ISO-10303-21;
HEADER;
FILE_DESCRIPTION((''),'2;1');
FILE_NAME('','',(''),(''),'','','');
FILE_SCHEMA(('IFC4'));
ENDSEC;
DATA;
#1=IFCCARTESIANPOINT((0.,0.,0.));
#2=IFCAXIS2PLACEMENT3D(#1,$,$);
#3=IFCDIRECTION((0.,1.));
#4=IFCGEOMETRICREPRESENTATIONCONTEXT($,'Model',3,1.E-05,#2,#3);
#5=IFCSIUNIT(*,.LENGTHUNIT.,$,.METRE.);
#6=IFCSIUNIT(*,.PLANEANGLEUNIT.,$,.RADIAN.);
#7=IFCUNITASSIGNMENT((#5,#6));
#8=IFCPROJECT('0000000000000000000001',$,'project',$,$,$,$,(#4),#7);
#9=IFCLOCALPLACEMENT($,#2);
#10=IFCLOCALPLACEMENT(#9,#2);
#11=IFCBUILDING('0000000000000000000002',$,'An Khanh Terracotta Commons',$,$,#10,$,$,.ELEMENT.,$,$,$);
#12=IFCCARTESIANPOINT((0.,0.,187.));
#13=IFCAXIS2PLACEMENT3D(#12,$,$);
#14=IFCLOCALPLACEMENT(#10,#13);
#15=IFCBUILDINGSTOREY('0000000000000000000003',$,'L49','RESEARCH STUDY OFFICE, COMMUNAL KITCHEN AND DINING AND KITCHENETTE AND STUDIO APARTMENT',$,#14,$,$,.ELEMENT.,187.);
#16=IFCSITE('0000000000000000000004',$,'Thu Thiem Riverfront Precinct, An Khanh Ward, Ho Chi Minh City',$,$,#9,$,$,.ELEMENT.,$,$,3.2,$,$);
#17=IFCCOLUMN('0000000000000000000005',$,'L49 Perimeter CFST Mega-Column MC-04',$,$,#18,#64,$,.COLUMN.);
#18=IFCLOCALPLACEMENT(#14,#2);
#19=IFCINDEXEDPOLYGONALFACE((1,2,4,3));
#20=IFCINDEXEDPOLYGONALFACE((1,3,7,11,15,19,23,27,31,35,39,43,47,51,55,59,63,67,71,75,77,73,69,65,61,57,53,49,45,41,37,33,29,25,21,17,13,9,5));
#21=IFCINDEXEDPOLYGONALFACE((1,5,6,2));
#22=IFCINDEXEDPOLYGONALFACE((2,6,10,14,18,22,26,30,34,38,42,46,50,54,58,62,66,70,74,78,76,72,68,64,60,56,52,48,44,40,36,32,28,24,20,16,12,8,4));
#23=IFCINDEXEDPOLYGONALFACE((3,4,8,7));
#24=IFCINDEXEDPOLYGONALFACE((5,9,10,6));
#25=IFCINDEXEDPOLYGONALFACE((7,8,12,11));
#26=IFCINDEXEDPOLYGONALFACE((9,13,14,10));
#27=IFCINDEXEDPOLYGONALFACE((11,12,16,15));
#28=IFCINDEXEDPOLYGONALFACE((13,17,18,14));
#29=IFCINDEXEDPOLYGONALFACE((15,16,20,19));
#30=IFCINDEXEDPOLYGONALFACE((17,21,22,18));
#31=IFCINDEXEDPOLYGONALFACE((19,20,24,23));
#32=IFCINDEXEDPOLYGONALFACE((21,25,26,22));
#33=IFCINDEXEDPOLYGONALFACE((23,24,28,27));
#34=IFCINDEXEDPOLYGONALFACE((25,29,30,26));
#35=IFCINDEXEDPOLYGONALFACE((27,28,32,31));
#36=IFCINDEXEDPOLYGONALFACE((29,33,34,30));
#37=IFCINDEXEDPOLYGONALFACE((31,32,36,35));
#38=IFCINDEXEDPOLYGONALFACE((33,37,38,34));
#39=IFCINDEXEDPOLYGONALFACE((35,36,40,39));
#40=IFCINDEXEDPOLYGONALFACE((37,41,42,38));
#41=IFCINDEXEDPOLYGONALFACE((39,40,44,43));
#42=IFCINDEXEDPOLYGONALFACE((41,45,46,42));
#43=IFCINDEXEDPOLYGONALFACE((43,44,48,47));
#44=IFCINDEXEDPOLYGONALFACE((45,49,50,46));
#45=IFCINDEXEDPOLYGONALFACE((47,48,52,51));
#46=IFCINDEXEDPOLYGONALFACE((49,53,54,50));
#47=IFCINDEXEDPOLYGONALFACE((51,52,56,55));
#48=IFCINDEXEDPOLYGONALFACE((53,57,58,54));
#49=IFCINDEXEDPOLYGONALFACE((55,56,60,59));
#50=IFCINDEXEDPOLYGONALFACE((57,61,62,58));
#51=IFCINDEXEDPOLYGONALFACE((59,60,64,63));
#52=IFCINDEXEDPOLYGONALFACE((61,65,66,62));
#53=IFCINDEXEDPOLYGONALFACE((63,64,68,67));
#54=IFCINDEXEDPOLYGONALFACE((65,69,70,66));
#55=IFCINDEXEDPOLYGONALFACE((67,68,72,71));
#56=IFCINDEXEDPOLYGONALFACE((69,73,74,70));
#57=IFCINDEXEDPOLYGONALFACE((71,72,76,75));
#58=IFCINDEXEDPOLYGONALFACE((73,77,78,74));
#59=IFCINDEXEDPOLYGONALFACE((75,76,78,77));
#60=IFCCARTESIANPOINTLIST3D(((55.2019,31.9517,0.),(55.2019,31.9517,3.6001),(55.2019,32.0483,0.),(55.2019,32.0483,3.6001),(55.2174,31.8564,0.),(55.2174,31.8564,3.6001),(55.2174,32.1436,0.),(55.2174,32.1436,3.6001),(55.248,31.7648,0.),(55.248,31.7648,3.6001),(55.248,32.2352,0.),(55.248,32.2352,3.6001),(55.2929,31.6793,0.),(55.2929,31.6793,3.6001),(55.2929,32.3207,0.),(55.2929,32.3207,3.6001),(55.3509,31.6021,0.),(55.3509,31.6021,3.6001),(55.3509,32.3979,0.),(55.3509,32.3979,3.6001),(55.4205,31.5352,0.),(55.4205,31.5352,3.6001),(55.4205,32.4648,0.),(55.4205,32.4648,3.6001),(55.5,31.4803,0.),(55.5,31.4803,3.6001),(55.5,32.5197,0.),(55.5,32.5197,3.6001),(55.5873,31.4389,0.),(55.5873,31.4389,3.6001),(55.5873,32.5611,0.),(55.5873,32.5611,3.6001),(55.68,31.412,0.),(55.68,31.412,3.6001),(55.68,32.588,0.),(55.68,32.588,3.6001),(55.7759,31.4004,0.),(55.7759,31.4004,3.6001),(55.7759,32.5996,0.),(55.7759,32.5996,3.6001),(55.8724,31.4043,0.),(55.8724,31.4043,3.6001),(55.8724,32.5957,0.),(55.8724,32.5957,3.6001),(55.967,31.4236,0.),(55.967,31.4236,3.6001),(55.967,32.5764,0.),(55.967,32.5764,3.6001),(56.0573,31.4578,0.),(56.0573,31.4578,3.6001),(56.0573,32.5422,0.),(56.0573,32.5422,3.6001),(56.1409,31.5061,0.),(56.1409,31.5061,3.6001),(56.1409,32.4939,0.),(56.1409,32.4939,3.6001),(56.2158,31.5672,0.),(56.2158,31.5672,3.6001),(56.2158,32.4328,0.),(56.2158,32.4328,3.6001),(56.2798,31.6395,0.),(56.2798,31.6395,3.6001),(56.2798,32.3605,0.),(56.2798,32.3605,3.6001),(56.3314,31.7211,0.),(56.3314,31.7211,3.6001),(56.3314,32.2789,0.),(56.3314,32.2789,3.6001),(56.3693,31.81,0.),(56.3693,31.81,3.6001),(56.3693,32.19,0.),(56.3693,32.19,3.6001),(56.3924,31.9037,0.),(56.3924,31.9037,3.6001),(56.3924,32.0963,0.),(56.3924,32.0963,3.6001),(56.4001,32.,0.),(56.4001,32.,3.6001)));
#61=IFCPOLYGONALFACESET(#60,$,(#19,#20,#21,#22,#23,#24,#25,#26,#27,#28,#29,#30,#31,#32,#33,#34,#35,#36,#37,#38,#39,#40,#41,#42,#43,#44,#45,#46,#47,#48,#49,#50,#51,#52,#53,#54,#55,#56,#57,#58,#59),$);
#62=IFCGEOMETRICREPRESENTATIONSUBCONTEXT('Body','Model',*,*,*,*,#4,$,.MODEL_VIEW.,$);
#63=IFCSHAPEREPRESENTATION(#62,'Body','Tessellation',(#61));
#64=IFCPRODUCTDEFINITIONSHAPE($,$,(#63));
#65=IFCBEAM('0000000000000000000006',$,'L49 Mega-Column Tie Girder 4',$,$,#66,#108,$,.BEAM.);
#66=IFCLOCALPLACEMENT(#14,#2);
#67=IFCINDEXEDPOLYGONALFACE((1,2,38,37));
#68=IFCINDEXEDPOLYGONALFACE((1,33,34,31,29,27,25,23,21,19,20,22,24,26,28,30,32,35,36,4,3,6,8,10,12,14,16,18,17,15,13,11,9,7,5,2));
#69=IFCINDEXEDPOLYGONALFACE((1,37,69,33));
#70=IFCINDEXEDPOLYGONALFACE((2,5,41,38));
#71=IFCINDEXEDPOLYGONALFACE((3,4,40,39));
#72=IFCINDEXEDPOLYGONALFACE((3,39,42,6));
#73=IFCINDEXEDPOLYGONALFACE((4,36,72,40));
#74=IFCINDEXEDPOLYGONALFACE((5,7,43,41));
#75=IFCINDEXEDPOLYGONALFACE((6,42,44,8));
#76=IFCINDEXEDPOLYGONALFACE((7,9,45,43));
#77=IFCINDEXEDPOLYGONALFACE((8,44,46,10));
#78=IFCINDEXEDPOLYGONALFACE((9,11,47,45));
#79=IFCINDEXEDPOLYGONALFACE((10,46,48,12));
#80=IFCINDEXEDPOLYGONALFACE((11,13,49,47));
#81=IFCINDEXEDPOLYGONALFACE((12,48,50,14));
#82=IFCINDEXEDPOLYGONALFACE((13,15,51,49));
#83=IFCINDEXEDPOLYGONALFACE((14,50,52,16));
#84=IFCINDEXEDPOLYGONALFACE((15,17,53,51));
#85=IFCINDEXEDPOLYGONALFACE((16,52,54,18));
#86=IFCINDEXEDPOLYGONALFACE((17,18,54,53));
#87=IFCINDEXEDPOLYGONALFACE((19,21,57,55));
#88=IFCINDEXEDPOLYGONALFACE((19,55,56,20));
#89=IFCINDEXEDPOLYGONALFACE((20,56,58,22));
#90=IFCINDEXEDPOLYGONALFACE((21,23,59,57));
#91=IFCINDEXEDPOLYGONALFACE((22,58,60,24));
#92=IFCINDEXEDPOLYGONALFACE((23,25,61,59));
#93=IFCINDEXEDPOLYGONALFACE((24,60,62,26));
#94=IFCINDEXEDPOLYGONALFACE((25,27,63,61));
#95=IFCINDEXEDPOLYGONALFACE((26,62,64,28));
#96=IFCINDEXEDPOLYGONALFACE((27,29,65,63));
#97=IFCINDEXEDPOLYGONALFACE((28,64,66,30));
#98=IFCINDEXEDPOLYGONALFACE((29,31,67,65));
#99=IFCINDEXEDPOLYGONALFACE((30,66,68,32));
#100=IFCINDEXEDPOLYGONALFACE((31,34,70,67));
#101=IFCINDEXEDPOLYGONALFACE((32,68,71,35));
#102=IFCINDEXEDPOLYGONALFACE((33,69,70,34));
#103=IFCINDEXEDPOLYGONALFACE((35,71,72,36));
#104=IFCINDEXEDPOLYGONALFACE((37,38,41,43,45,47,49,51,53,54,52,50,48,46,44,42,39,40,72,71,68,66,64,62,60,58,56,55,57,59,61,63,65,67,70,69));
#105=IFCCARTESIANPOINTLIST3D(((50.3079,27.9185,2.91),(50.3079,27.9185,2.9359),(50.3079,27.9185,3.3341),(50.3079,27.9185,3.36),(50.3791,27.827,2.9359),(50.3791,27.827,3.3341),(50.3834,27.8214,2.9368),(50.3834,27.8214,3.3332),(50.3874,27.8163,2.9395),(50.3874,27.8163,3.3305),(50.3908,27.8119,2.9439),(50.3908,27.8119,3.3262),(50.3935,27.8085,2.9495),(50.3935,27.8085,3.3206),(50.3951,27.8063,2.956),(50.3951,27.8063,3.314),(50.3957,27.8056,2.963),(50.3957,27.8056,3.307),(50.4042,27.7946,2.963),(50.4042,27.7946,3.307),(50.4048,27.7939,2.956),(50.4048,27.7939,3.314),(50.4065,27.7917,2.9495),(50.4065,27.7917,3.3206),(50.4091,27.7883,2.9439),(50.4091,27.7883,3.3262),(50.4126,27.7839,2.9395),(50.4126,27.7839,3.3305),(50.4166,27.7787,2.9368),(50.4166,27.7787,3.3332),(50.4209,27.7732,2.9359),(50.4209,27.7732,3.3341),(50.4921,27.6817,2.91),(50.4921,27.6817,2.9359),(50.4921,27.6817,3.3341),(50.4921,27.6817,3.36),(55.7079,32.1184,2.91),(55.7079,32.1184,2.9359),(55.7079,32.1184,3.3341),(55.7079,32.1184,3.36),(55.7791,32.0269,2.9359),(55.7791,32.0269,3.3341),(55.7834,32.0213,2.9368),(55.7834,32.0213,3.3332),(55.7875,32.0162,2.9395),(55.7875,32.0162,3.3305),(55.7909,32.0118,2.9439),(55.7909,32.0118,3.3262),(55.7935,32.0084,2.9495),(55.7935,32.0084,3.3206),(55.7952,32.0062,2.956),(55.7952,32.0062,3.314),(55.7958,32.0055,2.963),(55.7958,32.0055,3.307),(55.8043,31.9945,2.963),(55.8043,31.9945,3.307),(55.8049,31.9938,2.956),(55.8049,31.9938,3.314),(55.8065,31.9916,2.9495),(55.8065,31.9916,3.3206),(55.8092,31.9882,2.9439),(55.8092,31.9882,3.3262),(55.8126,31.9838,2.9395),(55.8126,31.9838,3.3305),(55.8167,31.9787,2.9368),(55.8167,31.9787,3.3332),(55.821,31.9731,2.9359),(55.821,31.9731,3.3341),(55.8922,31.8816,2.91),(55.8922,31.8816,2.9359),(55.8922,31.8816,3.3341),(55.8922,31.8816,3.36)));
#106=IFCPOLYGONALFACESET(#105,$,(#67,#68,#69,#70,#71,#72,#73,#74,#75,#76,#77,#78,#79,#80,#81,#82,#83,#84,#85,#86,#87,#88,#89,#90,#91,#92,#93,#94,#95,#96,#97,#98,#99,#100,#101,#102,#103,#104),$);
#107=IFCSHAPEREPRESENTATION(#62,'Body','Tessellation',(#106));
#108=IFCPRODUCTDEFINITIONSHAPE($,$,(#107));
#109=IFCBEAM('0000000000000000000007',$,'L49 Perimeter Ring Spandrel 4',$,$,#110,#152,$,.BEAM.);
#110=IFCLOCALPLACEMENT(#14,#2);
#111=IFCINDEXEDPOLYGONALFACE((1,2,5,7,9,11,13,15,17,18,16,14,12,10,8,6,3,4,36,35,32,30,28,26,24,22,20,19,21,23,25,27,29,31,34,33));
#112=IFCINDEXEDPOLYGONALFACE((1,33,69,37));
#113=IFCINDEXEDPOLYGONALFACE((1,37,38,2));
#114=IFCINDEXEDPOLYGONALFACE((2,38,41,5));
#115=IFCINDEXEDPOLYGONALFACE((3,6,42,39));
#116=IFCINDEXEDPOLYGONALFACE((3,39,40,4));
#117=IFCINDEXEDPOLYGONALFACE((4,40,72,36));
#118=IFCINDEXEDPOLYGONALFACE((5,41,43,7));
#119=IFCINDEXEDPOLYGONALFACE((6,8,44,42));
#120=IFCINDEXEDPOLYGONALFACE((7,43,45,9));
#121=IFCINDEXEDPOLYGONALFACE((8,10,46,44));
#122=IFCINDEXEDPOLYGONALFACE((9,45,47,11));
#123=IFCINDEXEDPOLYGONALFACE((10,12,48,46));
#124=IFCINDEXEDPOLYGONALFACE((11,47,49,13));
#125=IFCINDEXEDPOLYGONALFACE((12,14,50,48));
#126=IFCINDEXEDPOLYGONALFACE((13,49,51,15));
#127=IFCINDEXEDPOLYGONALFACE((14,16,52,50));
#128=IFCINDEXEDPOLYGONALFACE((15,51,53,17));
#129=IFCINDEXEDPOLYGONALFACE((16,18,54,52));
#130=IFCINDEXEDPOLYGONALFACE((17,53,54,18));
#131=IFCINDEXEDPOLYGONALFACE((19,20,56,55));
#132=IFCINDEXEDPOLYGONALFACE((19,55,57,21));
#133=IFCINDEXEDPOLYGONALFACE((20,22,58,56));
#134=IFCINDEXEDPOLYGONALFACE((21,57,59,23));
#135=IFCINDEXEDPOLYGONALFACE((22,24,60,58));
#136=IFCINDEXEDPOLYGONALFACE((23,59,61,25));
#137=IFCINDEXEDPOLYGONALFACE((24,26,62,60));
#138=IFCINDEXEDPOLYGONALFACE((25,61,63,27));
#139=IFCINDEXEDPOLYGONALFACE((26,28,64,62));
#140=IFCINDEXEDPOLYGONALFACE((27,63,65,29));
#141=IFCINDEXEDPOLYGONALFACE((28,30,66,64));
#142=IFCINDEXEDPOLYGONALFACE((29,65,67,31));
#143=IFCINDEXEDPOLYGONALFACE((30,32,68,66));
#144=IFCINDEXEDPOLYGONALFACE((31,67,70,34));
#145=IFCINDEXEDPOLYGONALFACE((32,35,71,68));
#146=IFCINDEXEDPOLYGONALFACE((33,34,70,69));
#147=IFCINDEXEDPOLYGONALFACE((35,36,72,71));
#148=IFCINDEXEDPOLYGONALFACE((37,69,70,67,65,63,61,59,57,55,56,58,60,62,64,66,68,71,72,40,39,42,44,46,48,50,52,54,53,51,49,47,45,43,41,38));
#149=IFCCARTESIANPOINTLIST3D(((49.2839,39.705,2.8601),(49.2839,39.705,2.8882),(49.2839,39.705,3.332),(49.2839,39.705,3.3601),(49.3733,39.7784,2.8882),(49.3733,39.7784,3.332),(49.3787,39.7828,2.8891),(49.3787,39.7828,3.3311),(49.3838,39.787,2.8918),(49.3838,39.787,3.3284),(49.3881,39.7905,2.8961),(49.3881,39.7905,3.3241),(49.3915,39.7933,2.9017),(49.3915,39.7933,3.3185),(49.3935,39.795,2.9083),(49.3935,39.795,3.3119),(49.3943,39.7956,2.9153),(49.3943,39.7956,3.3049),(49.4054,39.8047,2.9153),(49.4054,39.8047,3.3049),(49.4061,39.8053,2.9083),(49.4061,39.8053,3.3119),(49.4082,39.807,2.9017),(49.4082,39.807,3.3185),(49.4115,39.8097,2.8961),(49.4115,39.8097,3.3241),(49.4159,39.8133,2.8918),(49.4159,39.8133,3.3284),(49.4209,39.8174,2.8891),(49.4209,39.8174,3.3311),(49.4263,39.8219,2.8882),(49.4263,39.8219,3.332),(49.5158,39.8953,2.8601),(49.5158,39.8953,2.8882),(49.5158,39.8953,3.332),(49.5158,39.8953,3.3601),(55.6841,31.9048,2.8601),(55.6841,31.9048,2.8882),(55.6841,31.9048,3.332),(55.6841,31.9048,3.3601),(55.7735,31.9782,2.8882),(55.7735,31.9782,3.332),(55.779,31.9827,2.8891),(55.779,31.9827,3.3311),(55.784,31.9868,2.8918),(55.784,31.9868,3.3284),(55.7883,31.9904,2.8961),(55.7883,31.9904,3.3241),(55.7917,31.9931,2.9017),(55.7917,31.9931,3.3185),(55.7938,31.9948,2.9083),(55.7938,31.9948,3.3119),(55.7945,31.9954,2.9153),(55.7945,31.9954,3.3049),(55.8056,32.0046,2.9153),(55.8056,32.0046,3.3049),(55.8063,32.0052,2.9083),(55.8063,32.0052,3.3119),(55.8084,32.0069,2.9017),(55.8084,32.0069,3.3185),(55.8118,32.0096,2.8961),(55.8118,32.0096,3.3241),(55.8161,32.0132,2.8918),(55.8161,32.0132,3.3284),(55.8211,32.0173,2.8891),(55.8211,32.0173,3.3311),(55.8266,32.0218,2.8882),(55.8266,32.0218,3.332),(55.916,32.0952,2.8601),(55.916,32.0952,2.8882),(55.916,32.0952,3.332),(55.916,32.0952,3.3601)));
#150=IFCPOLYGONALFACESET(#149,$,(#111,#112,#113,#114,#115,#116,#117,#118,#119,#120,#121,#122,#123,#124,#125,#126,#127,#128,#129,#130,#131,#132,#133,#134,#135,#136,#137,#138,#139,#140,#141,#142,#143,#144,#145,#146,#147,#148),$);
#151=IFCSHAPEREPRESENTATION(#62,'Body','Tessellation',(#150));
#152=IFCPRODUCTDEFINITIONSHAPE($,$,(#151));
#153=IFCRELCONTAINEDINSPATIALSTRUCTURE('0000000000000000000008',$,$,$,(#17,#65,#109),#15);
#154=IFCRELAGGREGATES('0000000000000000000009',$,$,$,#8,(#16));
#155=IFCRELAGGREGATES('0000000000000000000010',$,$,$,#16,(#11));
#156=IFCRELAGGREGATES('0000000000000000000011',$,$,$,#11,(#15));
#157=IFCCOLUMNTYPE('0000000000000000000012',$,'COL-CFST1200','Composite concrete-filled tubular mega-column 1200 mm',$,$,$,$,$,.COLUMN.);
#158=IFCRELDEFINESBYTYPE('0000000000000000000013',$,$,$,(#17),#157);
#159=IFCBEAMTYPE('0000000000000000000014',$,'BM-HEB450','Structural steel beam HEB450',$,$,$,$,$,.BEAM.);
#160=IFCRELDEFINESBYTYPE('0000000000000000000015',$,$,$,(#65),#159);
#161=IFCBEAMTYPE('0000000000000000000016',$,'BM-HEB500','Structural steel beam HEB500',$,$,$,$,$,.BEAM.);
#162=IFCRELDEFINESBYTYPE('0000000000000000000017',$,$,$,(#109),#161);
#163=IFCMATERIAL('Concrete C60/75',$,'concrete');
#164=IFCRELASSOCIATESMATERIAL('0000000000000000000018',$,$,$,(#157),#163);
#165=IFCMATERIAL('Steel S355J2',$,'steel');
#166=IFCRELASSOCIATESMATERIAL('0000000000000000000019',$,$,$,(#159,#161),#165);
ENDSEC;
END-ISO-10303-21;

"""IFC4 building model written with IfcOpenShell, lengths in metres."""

from ifc_helpers import new_model, si_unit, direction, frame, origin, origin_2d, place, context, subcontext, project, spatial, circle, i_section, extrude, material, material_profile, profile_set, type_object, element, save


model = new_model("IFC4")

# Units and contexts
model_context = context("Model", 3, precision=1e-05, world=origin(), true_north=direction((0.0, 1.0)))
body_context = subcontext(model_context, "Body", "Model", "MODEL_VIEW")
ifc_project = project(units=[si_unit("LENGTHUNIT", "METRE"), si_unit("PLANEANGLEUNIT", "RADIAN")], contexts=[model_context])

# Site, building, storey
site_placement = place(None, origin())
site = spatial("IfcSite", under=ifc_project, at=site_placement, Name="Thu Thiem Riverfront Precinct, An Khanh Ward, Ho Chi Minh City", CompositionType="ELEMENT", RefElevation=3.2)
building_placement = place(site_placement, origin())
building = spatial("IfcBuilding", under=site, at=building_placement, Name="An Khanh Terracotta Commons", CompositionType="ELEMENT")
storey_placement = place(building_placement, frame((0.0, 0.0, 187.0)))
storey = spatial("IfcBuildingStorey", under=building, at=storey_placement, Name="L49", Description="RESEARCH STUDY OFFICE, COMMUNAL KITCHEN AND DINING AND KITCHENETTE AND STUDIO APARTMENT", CompositionType="ELEMENT", Elevation=187.0)

# Column
ifc_material_1 = material(Name="Concrete C60/75", Category="concrete")
ifc_material_profile_1 = material_profile(ifc_material_1, circle(Radius=0.6001, at=origin_2d()), Name="CFST1200")
ifc_profile_set_1 = profile_set([ifc_material_profile_1], Name="Concrete C60/75")
column_type = type_object("IfcColumnType", Name="COL-CFST1200", Description="Composite concrete-filled tubular mega-column 1200 mm", PredefinedType="COLUMN", material=ifc_profile_set_1)
column_placement = place(storey_placement, frame((55.8, 32.0, 0.0), z_axis=(0.0, 0.0, 1.0), x_axis=(1.0, 0.0, 0.0)))
element("IfcColumn", 1, at=column_placement, inside=storey, type_object=column_type, Name="L49 Perimeter CFST Mega-Column MC-04", PredefinedType="COLUMN", context=body_context, shape_type="SweptSolid", body=[
    extrude(circle(Radius=0.6001, at=origin_2d()), origin(), (0.0, 0.0, 1.0), 3.6001),
])

# Beams
ifc_material_2 = material(Name="Steel S355J2", Category="steel")
ifc_material_profile_2 = material_profile(ifc_material_2, i_section(OverallWidth=0.3, OverallDepth=0.45, WebThickness=0.0139, FlangeThickness=0.0259, FilletRadius=0.0271, at=origin_2d()), Name="HEB450")
ifc_profile_set_2 = profile_set([ifc_material_profile_2], Name="Steel S355J2")
beam_type_1 = type_object("IfcBeamType", Name="BM-HEB450", Description="Structural steel beam HEB450", PredefinedType="BEAM", material=ifc_profile_set_2)
beam_1_placement = place(storey_placement, frame((55.8, 32.0, 3.135), z_axis=(-0.789364, -0.613926, 0.0), x_axis=(0.613926, -0.789364, 0.0)))
element("IfcBeam", 2, at=beam_1_placement, inside=storey, type_object=beam_type_1, Name="L49 Mega-Column Tie Girder 4", PredefinedType="BEAM", context=body_context, shape_type="SweptSolid", body=[
    extrude(i_section(OverallWidth=0.3, OverallDepth=0.45, WebThickness=0.0139, FlangeThickness=0.0259, FilletRadius=0.0271, at=origin_2d()), origin(), (0.0, 0.0, 1.0), 6.8411),
])
ifc_material_profile_3 = material_profile(ifc_material_2, i_section(OverallWidth=0.3, OverallDepth=0.5, WebThickness=0.0144, FlangeThickness=0.0281, FilletRadius=0.0271, at=origin_2d()), Name="HEB500")
ifc_profile_set_3 = profile_set([ifc_material_profile_3], Name="Steel S355J2")
beam_type_2 = type_object("IfcBeamType", Name="BM-HEB500", Description="Structural steel beam HEB500", PredefinedType="BEAM", material=ifc_profile_set_3)
beam_2_placement = place(storey_placement, frame((55.8, 32.0, 3.1101), z_axis=(-0.634323, 0.773068, 0.0), x_axis=(-0.773068, -0.634323, 0.0)))
element("IfcBeam", 3, at=beam_2_placement, inside=storey, type_object=beam_type_2, Name="L49 Perimeter Ring Spandrel 4", PredefinedType="BEAM", context=body_context, shape_type="SweptSolid", body=[
    extrude(i_section(OverallWidth=0.3, OverallDepth=0.5, WebThickness=0.0144, FlangeThickness=0.0281, FilletRadius=0.0271, at=origin_2d()), origin(), (0.0, 0.0, 1.0), 10.0898),
])

save(model, "model.ifc")
